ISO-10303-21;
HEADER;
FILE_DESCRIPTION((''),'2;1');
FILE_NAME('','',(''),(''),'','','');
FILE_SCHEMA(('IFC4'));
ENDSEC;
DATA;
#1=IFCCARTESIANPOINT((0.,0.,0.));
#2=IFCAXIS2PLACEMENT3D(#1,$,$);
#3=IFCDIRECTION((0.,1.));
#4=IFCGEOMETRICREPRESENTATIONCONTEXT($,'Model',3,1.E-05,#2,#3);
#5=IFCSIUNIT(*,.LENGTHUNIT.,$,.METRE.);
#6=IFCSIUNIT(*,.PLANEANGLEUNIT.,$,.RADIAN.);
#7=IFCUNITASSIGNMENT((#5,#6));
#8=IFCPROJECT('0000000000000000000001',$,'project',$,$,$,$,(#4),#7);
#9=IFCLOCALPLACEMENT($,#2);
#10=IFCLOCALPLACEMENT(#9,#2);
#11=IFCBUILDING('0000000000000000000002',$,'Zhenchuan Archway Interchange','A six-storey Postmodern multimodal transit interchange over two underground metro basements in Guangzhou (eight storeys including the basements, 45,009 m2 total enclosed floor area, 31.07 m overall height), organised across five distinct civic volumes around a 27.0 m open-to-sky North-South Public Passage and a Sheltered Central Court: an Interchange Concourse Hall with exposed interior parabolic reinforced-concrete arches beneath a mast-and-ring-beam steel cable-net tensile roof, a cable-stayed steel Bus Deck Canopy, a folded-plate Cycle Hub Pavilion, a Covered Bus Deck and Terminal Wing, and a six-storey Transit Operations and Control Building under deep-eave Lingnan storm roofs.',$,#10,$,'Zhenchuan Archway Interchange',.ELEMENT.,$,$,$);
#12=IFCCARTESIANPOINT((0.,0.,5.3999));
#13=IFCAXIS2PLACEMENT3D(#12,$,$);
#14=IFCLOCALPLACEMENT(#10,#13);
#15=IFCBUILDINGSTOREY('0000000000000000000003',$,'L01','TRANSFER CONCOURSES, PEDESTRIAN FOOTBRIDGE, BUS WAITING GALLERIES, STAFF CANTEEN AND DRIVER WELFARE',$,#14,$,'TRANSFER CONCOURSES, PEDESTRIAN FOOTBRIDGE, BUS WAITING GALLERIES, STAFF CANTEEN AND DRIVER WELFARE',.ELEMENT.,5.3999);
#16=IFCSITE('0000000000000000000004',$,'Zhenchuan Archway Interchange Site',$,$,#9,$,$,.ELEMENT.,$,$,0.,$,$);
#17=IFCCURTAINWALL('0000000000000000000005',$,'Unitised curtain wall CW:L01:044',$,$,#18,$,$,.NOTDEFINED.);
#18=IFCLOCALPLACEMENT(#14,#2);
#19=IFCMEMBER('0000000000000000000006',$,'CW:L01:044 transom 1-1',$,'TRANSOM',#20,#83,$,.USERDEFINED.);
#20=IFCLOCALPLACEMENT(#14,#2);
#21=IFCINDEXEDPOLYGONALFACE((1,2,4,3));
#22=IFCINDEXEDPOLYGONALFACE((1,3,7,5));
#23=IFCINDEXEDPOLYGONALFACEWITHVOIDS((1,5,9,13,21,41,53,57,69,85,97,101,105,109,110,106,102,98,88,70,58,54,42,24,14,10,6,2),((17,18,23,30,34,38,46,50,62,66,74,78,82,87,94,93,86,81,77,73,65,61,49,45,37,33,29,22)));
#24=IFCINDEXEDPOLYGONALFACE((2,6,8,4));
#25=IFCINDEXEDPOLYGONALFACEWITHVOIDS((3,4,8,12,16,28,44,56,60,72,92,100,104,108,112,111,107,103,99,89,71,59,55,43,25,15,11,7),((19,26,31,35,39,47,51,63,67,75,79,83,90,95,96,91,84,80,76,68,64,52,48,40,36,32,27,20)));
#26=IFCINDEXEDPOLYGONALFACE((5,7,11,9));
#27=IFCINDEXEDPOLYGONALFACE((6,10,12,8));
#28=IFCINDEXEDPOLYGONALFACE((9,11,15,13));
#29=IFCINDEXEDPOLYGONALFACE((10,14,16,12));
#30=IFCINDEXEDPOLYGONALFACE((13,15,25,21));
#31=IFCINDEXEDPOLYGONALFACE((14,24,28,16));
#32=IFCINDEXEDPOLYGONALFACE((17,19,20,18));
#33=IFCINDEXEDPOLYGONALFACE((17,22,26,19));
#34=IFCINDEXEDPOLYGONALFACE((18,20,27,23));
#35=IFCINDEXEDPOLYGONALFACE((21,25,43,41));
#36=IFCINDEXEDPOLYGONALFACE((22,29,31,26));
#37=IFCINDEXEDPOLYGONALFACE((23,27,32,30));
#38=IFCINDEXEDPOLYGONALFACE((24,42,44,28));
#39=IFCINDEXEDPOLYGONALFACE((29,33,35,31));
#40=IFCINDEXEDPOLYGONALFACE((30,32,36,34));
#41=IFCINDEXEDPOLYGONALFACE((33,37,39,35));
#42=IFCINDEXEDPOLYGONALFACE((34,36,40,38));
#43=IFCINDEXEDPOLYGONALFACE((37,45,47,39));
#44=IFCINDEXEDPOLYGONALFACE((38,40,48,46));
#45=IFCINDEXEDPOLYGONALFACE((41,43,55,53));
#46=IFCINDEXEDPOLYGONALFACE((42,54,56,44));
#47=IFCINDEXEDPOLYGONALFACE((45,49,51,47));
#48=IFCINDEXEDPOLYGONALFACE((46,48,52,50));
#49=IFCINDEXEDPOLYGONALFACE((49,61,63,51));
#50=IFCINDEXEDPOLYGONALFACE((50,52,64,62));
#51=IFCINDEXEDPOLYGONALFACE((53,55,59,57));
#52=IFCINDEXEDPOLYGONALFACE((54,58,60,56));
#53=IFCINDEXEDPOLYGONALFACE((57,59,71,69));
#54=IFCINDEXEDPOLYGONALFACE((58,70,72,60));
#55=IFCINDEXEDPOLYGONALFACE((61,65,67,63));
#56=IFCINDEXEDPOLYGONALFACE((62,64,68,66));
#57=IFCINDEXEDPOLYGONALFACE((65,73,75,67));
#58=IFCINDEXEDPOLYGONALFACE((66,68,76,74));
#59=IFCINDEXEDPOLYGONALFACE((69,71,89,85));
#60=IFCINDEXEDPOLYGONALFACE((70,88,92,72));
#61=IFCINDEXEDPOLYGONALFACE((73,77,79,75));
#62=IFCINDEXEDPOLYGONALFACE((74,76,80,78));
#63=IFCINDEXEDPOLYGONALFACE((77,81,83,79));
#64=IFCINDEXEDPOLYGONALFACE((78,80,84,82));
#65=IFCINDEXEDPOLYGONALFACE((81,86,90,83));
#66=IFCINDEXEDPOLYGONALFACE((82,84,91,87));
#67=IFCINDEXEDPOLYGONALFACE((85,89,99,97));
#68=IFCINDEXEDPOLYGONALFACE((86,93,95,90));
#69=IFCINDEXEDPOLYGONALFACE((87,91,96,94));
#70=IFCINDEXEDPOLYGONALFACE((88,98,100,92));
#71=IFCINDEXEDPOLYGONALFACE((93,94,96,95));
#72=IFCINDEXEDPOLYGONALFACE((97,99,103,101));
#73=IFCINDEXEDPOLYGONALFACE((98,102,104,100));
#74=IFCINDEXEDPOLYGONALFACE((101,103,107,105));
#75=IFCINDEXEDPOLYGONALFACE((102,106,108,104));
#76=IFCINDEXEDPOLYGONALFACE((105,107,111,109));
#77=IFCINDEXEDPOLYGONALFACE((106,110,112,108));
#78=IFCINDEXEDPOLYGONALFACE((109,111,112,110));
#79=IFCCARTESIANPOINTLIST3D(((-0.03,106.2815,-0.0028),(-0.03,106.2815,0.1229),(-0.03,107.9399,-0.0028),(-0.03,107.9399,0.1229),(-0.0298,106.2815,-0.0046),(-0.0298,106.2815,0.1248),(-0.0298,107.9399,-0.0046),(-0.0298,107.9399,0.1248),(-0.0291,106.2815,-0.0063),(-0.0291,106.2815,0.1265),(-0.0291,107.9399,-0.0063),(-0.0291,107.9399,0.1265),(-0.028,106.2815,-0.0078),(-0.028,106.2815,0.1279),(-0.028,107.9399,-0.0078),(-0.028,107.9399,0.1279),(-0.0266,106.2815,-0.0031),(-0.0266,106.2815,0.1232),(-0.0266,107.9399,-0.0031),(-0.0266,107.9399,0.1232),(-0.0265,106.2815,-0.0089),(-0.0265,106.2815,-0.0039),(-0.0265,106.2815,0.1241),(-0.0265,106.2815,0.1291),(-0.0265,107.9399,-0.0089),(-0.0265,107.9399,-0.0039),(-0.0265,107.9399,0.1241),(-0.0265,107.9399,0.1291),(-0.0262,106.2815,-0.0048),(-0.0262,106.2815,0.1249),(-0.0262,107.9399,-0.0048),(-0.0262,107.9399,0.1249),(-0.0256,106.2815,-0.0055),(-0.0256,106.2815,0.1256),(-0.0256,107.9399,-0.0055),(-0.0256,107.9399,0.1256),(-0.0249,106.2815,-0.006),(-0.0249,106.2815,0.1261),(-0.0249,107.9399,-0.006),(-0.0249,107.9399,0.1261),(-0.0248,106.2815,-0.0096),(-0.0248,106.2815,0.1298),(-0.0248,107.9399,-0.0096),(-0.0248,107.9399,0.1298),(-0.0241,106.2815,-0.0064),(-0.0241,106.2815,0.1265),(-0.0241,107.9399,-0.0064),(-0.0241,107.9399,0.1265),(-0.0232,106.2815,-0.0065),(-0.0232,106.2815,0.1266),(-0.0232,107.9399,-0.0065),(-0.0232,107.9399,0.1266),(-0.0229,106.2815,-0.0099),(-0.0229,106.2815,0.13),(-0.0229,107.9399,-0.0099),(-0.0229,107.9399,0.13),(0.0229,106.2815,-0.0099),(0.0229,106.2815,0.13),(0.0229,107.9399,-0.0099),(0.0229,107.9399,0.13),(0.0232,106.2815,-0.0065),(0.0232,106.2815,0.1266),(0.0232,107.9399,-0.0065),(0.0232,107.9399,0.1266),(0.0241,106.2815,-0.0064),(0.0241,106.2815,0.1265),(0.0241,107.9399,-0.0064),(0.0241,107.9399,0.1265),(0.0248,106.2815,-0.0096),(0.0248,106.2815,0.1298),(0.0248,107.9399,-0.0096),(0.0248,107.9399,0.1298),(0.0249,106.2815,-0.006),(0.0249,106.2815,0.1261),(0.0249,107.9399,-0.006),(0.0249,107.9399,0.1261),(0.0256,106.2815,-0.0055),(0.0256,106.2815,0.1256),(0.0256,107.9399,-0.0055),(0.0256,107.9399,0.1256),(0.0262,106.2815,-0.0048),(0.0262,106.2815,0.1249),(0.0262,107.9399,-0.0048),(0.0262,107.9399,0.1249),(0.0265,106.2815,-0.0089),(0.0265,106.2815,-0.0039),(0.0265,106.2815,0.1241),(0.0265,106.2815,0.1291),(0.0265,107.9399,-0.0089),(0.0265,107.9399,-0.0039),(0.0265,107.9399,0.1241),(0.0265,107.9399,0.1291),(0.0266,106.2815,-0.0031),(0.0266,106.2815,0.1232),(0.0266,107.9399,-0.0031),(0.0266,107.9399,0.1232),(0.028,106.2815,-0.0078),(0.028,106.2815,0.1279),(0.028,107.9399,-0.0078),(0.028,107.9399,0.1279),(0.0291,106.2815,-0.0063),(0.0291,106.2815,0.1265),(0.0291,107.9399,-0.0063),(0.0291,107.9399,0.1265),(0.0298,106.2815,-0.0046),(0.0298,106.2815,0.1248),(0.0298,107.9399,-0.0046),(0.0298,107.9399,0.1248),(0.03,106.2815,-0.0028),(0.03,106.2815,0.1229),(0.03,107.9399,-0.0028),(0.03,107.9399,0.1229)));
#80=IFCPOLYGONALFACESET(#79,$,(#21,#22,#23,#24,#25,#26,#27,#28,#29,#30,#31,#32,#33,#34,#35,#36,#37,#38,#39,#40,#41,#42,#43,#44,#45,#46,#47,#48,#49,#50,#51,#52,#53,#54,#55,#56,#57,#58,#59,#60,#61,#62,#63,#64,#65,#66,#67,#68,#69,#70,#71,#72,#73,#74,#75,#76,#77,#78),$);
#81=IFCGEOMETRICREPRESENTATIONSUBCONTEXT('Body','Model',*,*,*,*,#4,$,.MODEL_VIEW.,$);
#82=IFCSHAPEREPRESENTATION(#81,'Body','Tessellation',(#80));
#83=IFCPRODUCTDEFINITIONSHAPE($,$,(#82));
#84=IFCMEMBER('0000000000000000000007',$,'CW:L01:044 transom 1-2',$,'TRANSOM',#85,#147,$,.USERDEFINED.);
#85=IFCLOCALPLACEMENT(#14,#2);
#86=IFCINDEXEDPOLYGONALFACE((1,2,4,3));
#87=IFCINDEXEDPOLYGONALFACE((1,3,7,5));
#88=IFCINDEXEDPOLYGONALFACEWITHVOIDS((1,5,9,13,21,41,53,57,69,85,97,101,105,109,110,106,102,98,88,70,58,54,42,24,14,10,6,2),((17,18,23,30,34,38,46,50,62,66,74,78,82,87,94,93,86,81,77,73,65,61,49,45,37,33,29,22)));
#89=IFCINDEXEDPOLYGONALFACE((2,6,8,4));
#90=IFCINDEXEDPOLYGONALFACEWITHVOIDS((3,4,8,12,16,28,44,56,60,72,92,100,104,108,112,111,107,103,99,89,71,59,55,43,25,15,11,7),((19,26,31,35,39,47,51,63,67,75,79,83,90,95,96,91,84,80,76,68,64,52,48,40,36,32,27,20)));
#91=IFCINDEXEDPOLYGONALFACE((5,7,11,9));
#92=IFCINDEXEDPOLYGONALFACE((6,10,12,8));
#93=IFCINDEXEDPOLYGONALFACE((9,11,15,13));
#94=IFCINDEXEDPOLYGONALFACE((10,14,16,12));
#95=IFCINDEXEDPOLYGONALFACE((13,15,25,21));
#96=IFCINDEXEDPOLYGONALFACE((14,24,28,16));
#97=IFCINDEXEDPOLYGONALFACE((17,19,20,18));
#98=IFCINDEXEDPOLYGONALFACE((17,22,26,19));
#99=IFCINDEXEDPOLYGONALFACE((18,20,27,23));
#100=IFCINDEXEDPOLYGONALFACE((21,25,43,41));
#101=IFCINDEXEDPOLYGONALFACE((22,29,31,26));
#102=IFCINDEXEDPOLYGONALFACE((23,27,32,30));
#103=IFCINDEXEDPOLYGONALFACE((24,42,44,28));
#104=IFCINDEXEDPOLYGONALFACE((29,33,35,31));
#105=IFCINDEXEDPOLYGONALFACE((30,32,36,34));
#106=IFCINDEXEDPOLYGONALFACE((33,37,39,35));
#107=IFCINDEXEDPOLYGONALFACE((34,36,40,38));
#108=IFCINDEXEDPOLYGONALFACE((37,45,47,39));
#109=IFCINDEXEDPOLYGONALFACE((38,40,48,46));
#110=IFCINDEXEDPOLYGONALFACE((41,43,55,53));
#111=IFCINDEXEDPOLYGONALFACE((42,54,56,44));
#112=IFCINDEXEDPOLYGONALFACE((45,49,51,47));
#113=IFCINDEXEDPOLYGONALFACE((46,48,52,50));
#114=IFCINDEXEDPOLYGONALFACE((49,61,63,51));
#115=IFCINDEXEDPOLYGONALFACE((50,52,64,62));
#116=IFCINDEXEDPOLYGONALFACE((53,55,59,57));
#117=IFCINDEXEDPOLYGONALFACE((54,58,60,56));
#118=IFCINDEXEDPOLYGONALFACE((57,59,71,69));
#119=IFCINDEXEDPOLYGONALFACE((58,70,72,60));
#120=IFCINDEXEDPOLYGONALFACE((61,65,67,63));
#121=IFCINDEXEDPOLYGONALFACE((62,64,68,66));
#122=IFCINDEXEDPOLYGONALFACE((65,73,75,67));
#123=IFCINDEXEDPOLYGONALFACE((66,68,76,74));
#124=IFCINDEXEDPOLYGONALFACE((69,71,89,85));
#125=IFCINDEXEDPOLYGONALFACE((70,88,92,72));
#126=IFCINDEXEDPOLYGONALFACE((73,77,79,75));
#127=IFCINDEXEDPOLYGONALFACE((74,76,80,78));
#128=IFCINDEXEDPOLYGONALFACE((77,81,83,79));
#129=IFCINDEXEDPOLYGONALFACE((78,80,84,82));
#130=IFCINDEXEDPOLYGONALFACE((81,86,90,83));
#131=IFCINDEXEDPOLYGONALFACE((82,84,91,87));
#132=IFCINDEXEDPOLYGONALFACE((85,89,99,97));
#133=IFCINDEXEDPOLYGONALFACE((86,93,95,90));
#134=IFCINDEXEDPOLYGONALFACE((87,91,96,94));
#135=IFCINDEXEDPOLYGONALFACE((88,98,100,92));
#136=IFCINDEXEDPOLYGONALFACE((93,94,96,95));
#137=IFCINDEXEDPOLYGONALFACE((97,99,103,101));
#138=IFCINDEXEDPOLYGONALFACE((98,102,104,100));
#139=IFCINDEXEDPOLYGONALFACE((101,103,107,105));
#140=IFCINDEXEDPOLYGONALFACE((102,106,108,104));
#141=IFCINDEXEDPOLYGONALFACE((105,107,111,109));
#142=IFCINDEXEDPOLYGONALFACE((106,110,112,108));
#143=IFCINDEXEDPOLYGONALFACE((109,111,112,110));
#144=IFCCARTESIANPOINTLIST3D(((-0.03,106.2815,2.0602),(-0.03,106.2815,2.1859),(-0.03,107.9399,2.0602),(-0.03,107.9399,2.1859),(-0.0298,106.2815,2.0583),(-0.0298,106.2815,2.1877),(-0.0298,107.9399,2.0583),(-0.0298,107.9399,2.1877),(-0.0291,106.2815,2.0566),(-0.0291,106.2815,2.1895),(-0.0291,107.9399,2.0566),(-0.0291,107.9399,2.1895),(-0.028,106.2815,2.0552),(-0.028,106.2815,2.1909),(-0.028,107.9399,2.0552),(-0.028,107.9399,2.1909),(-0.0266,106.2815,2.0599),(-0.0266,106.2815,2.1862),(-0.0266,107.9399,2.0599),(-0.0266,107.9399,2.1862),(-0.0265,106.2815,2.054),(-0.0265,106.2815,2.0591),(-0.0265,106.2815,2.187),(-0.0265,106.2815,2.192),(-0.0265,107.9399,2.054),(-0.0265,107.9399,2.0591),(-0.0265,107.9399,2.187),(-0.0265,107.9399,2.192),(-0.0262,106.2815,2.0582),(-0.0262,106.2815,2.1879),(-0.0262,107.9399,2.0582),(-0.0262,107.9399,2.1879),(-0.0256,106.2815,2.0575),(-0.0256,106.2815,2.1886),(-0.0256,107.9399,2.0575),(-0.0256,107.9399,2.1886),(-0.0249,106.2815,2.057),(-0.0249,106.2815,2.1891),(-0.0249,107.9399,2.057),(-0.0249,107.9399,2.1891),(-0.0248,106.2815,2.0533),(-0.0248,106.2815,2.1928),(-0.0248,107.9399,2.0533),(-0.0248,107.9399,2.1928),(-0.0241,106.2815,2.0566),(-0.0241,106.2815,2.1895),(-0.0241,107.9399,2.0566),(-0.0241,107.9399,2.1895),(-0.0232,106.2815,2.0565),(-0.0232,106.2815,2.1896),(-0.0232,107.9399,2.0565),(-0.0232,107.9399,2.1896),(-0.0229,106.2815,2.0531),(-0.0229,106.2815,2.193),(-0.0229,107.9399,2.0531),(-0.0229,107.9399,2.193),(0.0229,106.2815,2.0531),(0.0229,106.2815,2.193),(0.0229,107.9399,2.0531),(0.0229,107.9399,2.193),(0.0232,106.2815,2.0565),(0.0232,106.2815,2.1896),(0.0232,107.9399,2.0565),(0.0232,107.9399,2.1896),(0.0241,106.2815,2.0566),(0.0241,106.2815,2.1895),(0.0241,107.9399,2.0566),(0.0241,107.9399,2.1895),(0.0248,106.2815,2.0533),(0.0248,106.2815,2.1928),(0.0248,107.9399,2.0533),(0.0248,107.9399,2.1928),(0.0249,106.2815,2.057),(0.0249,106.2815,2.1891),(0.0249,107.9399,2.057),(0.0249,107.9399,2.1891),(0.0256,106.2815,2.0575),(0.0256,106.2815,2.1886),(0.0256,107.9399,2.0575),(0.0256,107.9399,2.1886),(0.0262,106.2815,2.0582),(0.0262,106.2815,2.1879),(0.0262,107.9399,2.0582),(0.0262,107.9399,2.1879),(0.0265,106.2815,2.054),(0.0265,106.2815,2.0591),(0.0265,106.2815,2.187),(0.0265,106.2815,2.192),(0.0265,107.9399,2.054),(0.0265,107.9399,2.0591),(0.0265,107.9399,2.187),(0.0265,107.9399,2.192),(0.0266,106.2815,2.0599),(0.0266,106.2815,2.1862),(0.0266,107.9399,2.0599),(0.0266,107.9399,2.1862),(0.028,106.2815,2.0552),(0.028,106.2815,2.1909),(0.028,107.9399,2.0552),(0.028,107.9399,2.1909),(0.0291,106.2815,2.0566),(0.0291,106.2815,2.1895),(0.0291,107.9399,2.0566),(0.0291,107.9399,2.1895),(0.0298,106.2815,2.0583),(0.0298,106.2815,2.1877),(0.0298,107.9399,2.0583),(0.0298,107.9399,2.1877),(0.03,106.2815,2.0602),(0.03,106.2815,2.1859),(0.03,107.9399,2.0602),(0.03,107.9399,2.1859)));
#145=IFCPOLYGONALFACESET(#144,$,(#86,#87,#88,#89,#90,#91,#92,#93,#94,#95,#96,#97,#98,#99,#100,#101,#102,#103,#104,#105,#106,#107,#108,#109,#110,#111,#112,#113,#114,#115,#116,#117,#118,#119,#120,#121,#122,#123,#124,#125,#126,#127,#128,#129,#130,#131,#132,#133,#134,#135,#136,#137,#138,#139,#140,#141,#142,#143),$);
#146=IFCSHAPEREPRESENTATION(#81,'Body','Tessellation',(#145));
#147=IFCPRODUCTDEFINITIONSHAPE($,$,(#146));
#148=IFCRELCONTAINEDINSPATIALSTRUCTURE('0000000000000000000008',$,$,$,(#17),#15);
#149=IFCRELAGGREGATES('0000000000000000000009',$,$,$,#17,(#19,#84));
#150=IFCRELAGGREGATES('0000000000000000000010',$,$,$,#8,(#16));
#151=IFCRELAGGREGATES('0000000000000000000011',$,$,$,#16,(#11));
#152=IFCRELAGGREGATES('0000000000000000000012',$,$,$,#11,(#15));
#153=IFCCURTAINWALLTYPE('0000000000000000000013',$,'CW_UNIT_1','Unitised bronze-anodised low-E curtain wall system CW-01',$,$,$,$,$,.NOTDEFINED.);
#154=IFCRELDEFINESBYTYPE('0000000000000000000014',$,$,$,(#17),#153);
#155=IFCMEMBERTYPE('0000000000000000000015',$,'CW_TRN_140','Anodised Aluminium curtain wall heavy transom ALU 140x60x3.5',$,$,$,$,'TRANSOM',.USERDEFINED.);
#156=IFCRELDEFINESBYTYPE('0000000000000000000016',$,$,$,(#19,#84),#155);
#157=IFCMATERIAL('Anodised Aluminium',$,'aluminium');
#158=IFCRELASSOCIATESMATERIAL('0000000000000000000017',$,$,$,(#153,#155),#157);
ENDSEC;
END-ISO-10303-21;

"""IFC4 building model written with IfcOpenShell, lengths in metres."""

from ifc_helpers import new_model, si_unit, direction, frame, origin, origin_2d, place, context, subcontext, project, spatial, hollow_rectangle, extrude, material, material_profile, profile_set, type_object, element, aggregate, save


model = new_model("IFC4")

# Units and contexts
model_context = context("Model", 3, precision=1e-05, world=origin(), true_north=direction((0.0, 1.0)))
body_context = subcontext(model_context, "Body", "Model", "MODEL_VIEW")
ifc_project = project(units=[si_unit("LENGTHUNIT", "METRE"), si_unit("PLANEANGLEUNIT", "RADIAN")], contexts=[model_context])

# Site, building, storey
site_placement = place(None, origin())
site = spatial("IfcSite", under=ifc_project, at=site_placement, Name="Zhenchuan Archway Interchange Site", CompositionType="ELEMENT", RefElevation=0.0)
building_placement = place(site_placement, origin())
building = spatial("IfcBuilding", under=site, at=building_placement, Name="Zhenchuan Archway Interchange", Description="A six-storey Postmodern multimodal transit interchange over two underground metro basements in Guangzhou (eight storeys including the basements, 45,009 m2 total enclosed floor area, 31.07 m overall height), organised across five distinct civic volumes around a 27.0 m open-to-sky North-South Public Passage and a Sheltered Central Court: an Interchange Concourse Hall with exposed interior parabolic reinforced-concrete arches beneath a mast-and-ring-beam steel cable-net tensile roof, a cable-stayed steel Bus Deck Canopy, a folded-plate Cycle Hub Pavilion, a Covered Bus Deck and Terminal Wing, and a six-storey Transit Operations and Control Building under deep-eave Lingnan storm roofs.", LongName="Zhenchuan Archway Interchange", CompositionType="ELEMENT")
storey_placement = place(building_placement, frame((0.0, 0.0, 5.3999)))
storey = spatial("IfcBuildingStorey", under=building, at=storey_placement, Name="L01", Description="TRANSFER CONCOURSES, PEDESTRIAN FOOTBRIDGE, BUS WAITING GALLERIES, STAFF CANTEEN AND DRIVER WELFARE", LongName="TRANSFER CONCOURSES, PEDESTRIAN FOOTBRIDGE, BUS WAITING GALLERIES, STAFF CANTEEN AND DRIVER WELFARE", CompositionType="ELEMENT", Elevation=5.3999)

# Shared definitions
ifc_material_1 = material(Name="Anodised Aluminium", Category="aluminium")

# Curtain wall, members
curtain_wall_type_1 = type_object("IfcCurtainWallType", Name="CW_UNIT_1", Description="Unitised bronze-anodised low-E curtain wall system CW-01", PredefinedType="NOTDEFINED", material=ifc_material_1)
curtain_wall_1_placement = place(storey_placement, origin())
curtain_wall_1 = element("IfcCurtainWall", 1, at=curtain_wall_1_placement, inside=storey, type_object=curtain_wall_type_1, Name="Unitised curtain wall CW:L01:044", PredefinedType="NOTDEFINED")
ifc_material_profile_1 = material_profile(ifc_material_1, hollow_rectangle(XDim=0.0601, YDim=0.1399, WallThickness=0.0034, InnerFilletRadius=0.0034, OuterFilletRadius=0.0071, at=origin_2d()), Name="ALU 140x60x3.5")
ifc_profile_set_1 = profile_set([ifc_material_profile_1], Name="Anodised Aluminium")
member_type_1 = type_object("IfcMemberType", Name="CW_TRN_140", Description="Anodised Aluminium curtain wall heavy transom ALU 140x60x3.5", ElementType="TRANSOM", PredefinedType="USERDEFINED", material=ifc_profile_set_1)
member_1_placement = place(storey_placement, frame((0.0, 106.2815, 0.0601), z_axis=(0.0, 1.0, 0.0), x_axis=(-1.0, 0.0, 0.0)))
member_1 = element("IfcMember", 2, at=member_1_placement, type_object=member_type_1, Name="CW:L01:044 transom 1-1", ObjectType="TRANSOM", PredefinedType="USERDEFINED", context=body_context, shape_type="SweptSolid", body=[
    extrude(hollow_rectangle(XDim=0.0601, YDim=0.1399, WallThickness=0.0034, InnerFilletRadius=0.0034, OuterFilletRadius=0.0071, at=origin_2d()), origin(), (0.0, 0.0, 1.0), 1.6584),
])
member_2_placement = place(storey_placement, frame((0.0, 106.2815, 2.123), z_axis=(0.0, 1.0, 0.0), x_axis=(-1.0, 0.0, 0.0)))
member_2 = element("IfcMember", 3, at=member_2_placement, type_object=member_type_1, Name="CW:L01:044 transom 1-2", ObjectType="TRANSOM", PredefinedType="USERDEFINED", context=body_context, shape_type="SweptSolid", body=[
    extrude(hollow_rectangle(XDim=0.0601, YDim=0.1399, WallThickness=0.0034, InnerFilletRadius=0.0034, OuterFilletRadius=0.0071, at=origin_2d()), origin(), (0.0, 0.0, 1.0), 1.6584),
])

aggregate(curtain_wall_1, [member_1, member_2])

save(model, "model.ifc")
